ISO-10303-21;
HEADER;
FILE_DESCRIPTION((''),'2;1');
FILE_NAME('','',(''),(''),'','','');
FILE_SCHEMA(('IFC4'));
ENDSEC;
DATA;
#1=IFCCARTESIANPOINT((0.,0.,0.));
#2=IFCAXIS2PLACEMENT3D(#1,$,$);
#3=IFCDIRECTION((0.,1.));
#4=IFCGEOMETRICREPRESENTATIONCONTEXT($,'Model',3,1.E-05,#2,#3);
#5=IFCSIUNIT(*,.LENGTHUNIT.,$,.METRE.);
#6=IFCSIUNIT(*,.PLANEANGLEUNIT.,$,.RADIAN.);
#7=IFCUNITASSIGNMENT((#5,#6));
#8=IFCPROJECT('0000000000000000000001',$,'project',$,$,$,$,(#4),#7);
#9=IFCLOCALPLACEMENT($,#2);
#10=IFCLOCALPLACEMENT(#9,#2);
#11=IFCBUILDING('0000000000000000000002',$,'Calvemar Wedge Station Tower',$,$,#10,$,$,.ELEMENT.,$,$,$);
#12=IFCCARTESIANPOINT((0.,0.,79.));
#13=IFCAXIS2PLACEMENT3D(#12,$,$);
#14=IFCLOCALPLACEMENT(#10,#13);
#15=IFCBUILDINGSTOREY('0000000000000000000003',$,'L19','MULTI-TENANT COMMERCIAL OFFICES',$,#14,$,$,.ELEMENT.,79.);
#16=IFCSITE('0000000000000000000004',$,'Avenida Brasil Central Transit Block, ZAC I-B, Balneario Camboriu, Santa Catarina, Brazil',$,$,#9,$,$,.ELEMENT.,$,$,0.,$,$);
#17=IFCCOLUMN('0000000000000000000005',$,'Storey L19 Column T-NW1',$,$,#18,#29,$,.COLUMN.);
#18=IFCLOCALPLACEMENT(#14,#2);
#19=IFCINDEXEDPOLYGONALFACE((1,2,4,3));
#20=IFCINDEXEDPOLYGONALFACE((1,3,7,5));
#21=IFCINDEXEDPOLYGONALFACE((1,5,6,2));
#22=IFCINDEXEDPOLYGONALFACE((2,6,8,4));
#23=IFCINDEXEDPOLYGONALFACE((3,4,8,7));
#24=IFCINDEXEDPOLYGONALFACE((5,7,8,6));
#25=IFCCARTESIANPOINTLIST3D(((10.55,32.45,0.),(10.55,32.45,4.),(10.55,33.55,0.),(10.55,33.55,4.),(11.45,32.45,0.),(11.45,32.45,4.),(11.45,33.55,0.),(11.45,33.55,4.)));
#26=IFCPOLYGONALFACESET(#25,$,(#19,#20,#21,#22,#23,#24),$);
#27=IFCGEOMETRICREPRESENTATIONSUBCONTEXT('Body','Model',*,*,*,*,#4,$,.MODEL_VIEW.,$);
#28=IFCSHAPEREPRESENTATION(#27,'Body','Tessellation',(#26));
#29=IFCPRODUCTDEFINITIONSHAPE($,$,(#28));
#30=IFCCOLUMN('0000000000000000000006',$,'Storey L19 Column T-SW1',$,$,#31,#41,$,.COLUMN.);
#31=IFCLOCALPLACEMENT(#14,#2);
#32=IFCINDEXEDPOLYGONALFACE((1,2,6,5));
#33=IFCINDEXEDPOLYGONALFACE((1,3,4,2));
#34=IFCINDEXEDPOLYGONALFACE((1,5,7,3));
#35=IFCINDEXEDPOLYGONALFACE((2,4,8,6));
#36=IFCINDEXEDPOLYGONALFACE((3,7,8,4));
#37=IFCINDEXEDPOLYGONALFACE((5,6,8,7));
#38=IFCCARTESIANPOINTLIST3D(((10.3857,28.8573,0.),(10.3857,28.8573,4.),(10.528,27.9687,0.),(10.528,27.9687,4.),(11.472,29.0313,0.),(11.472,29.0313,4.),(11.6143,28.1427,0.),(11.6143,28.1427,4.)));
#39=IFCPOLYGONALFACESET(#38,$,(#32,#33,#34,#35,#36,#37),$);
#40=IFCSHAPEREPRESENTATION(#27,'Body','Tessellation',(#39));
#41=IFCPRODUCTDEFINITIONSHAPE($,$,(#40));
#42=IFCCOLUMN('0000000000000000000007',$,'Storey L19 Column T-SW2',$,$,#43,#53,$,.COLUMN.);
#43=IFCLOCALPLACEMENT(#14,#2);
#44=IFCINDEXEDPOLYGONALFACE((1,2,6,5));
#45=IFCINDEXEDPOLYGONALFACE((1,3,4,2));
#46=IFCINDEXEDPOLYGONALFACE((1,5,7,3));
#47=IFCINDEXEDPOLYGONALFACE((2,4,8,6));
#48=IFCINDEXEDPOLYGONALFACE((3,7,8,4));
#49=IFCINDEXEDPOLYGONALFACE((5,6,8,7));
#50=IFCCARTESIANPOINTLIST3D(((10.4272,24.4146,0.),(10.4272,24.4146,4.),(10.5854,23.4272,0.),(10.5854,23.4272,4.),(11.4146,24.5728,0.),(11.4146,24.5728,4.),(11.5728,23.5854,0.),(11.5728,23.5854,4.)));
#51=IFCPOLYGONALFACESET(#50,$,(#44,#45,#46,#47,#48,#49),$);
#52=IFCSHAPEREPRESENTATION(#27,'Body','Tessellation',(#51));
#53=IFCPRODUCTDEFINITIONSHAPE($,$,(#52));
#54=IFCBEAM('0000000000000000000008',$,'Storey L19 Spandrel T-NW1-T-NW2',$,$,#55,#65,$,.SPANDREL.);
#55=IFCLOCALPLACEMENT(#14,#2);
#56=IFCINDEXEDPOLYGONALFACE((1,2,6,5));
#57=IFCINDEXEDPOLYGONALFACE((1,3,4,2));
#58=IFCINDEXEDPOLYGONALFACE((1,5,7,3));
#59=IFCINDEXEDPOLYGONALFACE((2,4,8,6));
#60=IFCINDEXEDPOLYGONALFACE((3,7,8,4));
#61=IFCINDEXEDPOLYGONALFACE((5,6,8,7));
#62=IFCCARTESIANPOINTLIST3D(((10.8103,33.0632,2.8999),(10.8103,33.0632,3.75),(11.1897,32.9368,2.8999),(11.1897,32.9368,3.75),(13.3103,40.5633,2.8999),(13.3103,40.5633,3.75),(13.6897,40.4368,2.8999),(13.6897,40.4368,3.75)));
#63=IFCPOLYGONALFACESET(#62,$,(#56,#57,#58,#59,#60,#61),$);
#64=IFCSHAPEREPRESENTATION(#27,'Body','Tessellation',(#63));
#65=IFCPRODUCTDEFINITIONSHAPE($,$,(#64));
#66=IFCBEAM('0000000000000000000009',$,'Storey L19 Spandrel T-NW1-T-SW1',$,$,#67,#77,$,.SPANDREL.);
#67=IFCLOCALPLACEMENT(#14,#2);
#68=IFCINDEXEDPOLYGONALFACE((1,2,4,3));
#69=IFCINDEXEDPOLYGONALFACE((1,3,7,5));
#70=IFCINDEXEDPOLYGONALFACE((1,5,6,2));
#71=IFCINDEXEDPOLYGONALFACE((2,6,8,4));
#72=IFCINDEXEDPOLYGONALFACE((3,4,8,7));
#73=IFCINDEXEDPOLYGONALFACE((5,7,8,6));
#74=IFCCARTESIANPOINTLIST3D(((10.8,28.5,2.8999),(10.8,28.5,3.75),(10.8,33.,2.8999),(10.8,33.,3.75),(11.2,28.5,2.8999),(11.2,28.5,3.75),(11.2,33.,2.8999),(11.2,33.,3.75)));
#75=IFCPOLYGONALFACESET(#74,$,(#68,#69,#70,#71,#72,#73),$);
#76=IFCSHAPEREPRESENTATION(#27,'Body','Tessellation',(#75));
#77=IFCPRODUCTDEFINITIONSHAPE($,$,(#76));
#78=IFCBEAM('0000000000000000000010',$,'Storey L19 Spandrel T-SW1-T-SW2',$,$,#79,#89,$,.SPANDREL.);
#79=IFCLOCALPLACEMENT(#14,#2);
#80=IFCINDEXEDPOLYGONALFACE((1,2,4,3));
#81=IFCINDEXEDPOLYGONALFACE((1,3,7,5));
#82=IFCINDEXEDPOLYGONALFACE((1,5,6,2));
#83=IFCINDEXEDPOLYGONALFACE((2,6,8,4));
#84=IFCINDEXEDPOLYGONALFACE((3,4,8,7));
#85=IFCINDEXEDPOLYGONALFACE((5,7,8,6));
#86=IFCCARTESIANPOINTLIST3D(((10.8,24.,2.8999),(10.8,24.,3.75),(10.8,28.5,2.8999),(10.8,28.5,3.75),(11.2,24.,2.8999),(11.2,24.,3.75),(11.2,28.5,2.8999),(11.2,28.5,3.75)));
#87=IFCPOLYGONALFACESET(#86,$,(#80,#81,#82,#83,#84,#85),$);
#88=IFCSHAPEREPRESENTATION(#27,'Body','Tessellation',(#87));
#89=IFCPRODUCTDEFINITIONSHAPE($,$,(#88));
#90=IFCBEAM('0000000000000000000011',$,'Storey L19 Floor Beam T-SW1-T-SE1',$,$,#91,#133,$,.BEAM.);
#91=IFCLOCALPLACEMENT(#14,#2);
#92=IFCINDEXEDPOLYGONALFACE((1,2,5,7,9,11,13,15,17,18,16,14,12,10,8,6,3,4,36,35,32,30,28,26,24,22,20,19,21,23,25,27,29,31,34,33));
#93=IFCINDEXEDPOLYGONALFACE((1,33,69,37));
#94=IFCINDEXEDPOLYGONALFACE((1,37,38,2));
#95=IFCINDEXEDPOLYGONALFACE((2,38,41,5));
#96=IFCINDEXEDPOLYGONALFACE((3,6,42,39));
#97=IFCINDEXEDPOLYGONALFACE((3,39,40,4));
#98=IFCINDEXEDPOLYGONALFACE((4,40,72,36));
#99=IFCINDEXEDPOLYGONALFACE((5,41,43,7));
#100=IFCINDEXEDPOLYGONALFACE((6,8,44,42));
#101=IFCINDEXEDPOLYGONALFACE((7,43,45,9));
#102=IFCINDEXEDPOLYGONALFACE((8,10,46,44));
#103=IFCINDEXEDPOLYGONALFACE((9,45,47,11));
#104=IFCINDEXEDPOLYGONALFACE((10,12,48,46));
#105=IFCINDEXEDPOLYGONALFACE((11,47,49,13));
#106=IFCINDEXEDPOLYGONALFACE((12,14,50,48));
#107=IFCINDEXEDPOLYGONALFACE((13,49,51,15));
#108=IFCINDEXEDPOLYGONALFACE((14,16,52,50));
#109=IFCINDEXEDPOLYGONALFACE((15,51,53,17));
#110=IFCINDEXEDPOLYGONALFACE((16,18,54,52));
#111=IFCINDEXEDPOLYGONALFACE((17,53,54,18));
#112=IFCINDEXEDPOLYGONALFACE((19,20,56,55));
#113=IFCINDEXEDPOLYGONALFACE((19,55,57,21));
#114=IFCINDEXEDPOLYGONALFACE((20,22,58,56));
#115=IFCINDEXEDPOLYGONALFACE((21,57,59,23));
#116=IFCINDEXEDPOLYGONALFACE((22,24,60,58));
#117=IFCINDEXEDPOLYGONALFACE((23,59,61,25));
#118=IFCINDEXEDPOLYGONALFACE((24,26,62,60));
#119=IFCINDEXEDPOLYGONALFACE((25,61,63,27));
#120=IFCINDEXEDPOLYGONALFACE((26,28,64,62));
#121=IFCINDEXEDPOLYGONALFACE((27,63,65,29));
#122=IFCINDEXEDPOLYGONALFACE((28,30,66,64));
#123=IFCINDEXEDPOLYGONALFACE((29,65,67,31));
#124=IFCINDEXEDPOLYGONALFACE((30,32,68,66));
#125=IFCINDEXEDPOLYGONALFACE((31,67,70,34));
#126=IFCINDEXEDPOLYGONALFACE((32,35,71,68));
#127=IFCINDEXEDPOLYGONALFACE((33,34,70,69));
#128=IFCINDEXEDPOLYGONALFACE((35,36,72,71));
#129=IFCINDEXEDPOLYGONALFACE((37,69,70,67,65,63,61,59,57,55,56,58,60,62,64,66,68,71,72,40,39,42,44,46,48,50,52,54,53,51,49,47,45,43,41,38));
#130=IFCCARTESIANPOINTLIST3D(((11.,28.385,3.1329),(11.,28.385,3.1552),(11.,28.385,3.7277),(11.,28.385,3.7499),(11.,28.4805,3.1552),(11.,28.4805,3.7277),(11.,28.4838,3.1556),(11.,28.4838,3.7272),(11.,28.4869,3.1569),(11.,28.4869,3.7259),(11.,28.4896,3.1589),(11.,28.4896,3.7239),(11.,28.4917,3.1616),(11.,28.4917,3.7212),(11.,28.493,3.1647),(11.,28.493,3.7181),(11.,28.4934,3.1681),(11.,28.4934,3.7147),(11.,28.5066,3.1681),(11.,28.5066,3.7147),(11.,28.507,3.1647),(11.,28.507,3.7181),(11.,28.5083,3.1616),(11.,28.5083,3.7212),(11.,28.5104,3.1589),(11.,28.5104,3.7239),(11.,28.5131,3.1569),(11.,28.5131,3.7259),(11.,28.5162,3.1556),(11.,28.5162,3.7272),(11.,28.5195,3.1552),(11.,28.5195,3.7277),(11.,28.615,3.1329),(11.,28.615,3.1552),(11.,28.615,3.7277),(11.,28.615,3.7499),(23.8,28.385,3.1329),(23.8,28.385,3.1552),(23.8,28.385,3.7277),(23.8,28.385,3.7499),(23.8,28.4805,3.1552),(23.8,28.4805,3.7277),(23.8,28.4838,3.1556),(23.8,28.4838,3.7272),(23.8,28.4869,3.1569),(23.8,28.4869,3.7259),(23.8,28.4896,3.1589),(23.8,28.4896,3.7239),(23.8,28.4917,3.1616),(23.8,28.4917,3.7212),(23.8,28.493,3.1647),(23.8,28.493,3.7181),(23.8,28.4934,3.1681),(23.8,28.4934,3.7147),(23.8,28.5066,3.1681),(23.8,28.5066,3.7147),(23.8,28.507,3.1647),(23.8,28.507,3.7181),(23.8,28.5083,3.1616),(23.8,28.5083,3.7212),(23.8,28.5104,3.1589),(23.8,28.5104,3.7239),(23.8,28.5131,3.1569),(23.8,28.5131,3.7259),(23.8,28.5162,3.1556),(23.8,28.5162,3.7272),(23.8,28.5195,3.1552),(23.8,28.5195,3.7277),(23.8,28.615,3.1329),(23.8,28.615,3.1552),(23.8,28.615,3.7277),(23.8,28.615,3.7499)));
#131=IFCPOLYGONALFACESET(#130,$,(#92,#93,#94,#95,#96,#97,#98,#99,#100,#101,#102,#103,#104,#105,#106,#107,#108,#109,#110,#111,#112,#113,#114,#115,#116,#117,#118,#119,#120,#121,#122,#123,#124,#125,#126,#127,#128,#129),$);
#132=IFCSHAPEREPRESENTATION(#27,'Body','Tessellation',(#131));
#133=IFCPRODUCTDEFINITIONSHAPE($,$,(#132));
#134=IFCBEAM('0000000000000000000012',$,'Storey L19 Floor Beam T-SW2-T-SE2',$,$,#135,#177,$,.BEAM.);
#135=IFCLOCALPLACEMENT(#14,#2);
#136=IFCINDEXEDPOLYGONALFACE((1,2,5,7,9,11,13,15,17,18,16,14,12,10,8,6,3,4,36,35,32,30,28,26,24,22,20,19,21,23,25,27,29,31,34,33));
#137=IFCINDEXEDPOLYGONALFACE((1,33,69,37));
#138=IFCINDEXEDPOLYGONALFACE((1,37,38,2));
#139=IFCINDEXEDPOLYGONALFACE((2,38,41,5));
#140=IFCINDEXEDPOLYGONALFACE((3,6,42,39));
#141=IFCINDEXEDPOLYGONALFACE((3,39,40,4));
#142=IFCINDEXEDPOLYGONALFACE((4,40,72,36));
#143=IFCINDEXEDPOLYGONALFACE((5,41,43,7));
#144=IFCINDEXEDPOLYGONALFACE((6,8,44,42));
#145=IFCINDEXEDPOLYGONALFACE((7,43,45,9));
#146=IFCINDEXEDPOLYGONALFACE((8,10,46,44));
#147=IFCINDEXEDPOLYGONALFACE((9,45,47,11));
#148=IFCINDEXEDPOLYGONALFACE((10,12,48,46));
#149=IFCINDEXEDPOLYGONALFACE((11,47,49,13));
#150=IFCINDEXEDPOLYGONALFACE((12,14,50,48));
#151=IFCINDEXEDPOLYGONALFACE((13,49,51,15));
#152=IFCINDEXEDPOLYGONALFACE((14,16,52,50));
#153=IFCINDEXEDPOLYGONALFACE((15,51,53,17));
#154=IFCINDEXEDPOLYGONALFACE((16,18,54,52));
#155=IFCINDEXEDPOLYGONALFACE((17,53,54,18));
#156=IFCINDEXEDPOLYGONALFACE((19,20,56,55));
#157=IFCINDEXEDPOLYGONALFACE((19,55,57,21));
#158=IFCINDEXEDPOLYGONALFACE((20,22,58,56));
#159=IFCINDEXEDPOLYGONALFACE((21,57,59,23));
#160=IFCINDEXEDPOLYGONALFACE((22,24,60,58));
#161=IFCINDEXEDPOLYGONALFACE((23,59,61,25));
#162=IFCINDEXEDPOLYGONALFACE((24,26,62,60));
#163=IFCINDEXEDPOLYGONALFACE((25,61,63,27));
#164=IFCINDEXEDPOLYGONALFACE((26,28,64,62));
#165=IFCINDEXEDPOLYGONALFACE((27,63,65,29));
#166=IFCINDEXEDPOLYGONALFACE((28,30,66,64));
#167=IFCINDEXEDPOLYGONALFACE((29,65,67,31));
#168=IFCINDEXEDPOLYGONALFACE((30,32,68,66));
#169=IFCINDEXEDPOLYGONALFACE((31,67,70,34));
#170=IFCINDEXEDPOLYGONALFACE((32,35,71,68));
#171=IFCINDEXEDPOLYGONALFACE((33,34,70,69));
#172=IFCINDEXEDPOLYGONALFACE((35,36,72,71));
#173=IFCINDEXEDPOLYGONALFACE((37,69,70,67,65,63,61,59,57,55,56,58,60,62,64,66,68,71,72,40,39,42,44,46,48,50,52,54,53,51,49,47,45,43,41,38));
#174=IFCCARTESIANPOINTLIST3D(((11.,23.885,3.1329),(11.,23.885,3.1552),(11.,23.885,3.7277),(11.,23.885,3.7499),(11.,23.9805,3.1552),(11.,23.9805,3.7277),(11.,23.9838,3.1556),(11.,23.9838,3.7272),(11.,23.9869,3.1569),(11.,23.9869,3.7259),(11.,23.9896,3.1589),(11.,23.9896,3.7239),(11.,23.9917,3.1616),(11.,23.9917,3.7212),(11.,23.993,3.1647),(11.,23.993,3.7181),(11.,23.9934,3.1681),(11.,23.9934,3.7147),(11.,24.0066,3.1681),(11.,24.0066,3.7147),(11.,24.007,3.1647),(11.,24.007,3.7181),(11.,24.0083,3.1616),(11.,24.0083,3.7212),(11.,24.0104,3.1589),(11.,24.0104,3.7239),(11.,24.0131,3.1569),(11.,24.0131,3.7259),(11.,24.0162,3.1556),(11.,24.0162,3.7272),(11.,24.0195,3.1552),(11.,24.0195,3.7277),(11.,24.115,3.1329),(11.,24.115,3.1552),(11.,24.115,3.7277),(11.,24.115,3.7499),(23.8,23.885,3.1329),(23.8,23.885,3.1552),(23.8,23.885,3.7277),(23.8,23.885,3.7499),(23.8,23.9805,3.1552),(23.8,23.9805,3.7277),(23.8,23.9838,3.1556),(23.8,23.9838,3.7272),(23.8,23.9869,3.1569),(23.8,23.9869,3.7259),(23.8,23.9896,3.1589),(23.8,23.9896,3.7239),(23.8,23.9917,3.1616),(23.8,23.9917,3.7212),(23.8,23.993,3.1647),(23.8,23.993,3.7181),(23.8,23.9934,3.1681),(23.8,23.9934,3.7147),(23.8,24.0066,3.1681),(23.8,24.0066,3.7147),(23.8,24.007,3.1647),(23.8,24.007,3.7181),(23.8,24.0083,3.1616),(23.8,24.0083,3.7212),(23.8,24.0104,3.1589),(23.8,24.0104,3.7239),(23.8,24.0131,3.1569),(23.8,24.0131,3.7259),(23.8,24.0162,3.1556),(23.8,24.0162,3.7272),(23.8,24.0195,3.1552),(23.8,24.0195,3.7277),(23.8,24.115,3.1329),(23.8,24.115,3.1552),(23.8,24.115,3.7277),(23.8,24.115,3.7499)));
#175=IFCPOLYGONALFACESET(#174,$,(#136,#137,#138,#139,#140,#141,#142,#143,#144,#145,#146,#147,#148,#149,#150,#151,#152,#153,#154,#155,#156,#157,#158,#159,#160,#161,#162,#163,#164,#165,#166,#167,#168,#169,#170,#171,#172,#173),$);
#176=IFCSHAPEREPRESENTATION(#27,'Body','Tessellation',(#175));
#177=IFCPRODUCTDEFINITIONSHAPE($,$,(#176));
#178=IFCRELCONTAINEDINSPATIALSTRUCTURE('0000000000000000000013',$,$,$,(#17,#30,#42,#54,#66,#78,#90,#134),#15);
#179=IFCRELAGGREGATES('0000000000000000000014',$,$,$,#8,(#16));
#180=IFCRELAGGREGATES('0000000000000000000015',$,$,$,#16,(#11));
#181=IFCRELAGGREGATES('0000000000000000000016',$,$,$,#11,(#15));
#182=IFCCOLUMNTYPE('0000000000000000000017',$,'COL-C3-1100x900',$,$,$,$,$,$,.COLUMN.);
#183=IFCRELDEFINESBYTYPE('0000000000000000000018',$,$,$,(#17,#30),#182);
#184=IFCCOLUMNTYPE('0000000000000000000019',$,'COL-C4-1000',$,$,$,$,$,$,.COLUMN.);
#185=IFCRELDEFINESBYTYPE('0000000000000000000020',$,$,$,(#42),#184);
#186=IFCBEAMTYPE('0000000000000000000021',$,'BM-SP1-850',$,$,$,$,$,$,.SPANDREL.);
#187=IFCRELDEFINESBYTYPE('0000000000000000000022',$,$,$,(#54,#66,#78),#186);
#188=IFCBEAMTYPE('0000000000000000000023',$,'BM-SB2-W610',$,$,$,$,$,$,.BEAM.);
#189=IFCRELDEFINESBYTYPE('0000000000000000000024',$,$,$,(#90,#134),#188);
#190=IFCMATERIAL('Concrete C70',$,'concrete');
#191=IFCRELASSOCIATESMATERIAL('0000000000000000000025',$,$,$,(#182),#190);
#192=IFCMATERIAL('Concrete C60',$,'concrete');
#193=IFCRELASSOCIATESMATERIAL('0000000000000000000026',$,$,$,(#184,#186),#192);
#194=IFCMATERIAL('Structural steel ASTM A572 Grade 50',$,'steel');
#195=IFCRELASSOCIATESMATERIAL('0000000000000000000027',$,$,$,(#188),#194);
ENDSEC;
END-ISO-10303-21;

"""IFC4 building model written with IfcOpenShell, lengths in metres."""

from ifc_helpers import new_model, si_unit, direction, frame, origin, origin_2d, place, context, subcontext, project, spatial, rectangle, i_section, extrude, source, transform, mapped, material, material_profile, profile_set, type_object, element, save


model = new_model("IFC4")

# Units and contexts
model_context = context("Model", 3, precision=1e-05, world=origin(), true_north=direction((0.0, 1.0)))
body_context = subcontext(model_context, "Body", "Model", "MODEL_VIEW")
ifc_project = project(units=[si_unit("LENGTHUNIT", "METRE"), si_unit("PLANEANGLEUNIT", "RADIAN")], contexts=[model_context])

# Site, building, storey
site_placement = place(None, origin())
site = spatial("IfcSite", under=ifc_project, at=site_placement, Name="Avenida Brasil Central Transit Block, ZAC I-B, Balneario Camboriu, Santa Catarina, Brazil", CompositionType="ELEMENT", RefElevation=0.0)
building_placement = place(site_placement, origin())
building = spatial("IfcBuilding", under=site, at=building_placement, Name="Calvemar Wedge Station Tower", CompositionType="ELEMENT")
storey_placement = place(building_placement, frame((0.0, 0.0, 79.0)))
storey = spatial("IfcBuildingStorey", under=building, at=storey_placement, Name="L19", Description="MULTI-TENANT COMMERCIAL OFFICES", CompositionType="ELEMENT", Elevation=79.0)

# Columns
ifc_material_1 = material(Name="Concrete C70", Category="concrete")
ifc_material_profile_1 = material_profile(ifc_material_1, rectangle(XDim=0.8999, YDim=1.1001, at=origin_2d()), Name="RC1100x900")
ifc_profile_set_1 = profile_set([ifc_material_profile_1], Name="Concrete C70")
column_type_1 = type_object("IfcColumnType", Name="COL-C3-1100x900", PredefinedType="COLUMN", material=ifc_profile_set_1)
shared_shape_1 = source(origin(), body_context, "Body", "SweptSolid", [
    extrude(rectangle(XDim=0.8999, YDim=1.1001, at=origin_2d()), origin(), (0.0, 0.0, 1.0), 4.0),
])
for number, where, z_axis, x_axis, name in (
    (1, (11.0, 33.0, 0.0), (0.0, 0.0, 1.0), (1.0, 0.0, 0.0), "Storey L19 Column T-NW1"),
    (2, (11.0, 28.5, 0.0), (0.0, 0.0, 1.0), (0.158158, -0.987414, 0.0), "Storey L19 Column T-SW1"),
):
    element("IfcColumn", number, at=place(storey_placement, frame(where, z_axis=z_axis, x_axis=x_axis)), inside=storey, type_object=column_type_1, Name=name, PredefinedType="COLUMN", context=body_context, shape_type="MappedRepresentation", body=[
        mapped(shared_shape_1, transform((0.0, 0.0, 0.0), scale=1.0)),
    ])
ifc_material_2 = material(Name="Concrete C60", Category="concrete")
ifc_material_profile_2 = material_profile(ifc_material_2, rectangle(XDim=1.0, YDim=1.0, at=origin_2d()), Name="RC1000x1000")
ifc_profile_set_2 = profile_set([ifc_material_profile_2], Name="Concrete C60")
column_type_2 = type_object("IfcColumnType", Name="COL-C4-1000", PredefinedType="COLUMN", material=ifc_profile_set_2)
shared_shape_2 = source(origin(), body_context, "Body", "SweptSolid", [
    extrude(rectangle(XDim=1.0, YDim=1.0, at=origin_2d()), origin(), (0.0, 0.0, 1.0), 4.0),
])
column_placement = place(storey_placement, frame((11.0, 24.0, 0.0), z_axis=(0.0, 0.0, 1.0), x_axis=(0.158158, -0.987414, 0.0)))
element("IfcColumn", 3, at=column_placement, inside=storey, type_object=column_type_2, Name="Storey L19 Column T-SW2", PredefinedType="COLUMN", context=body_context, shape_type="MappedRepresentation", body=[
    mapped(shared_shape_2, transform((0.0, 0.0, 0.0), scale=1.0)),
])

# Beams
ifc_material_profile_3 = material_profile(ifc_material_2, rectangle(XDim=0.3999, YDim=0.8501, at=origin_2d()), Name="RC400x850")
ifc_profile_set_3 = profile_set([ifc_material_profile_3], Name="Concrete C60")
beam_type_1 = type_object("IfcBeamType", Name="BM-SP1-850", PredefinedType="SPANDREL", material=ifc_profile_set_3)
shared_shape_3 = source(origin(), body_context, "Body", "SweptSolid", [
    extrude(rectangle(XDim=0.3999, YDim=0.8501, at=origin_2d()), origin(), (0.0, 0.0, 1.0), 7.9058),
])
beam_1_placement = place(storey_placement, frame((11.0, 33.0, 3.325), z_axis=(0.316228, 0.948683, 0.0), x_axis=(-0.948683, 0.316228, 0.0)))
element("IfcBeam", 4, at=beam_1_placement, inside=storey, type_object=beam_type_1, Name="Storey L19 Spandrel T-NW1-T-NW2", PredefinedType="SPANDREL", context=body_context, shape_type="MappedRepresentation", body=[
    mapped(shared_shape_3, transform((0.0, 0.0, 0.0), scale=1.0)),
])
shared_shape_4 = source(origin(), body_context, "Body", "SweptSolid", [
    extrude(rectangle(XDim=0.3999, YDim=0.8501, at=origin_2d()), origin(), (0.0, 0.0, 1.0), 4.5),
])
for number, where, z_axis, x_axis, name in (
    (5, (11.0, 33.0, 3.325), (0.0, -1.0, 0.0), (1.0, 0.0, 0.0), "Storey L19 Spandrel T-NW1-T-SW1"),
    (6, (11.0, 28.5, 3.325), (0.0, -1.0, 0.0), (1.0, 0.0, 0.0), "Storey L19 Spandrel T-SW1-T-SW2"),
):
    element("IfcBeam", number, at=place(storey_placement, frame(where, z_axis=z_axis, x_axis=x_axis)), inside=storey, type_object=beam_type_1, Name=name, PredefinedType="SPANDREL", context=body_context, shape_type="MappedRepresentation", body=[
        mapped(shared_shape_4, transform((0.0, 0.0, 0.0), scale=1.0)),
    ])
ifc_material_3 = material(Name="Structural steel ASTM A572 Grade 50", Category="steel")
ifc_material_profile_4 = material_profile(ifc_material_3, i_section(OverallWidth=0.23, OverallDepth=0.6169, WebThickness=0.0132, FlangeThickness=0.0222, FilletRadius=0.0129, at=origin_2d()), Name="W610x140")
ifc_profile_set_4 = profile_set([ifc_material_profile_4], Name="Structural steel ASTM A572 Grade 50")
beam_type_2 = type_object("IfcBeamType", Name="BM-SB2-W610", PredefinedType="BEAM", material=ifc_profile_set_4)
shared_shape_5 = source(origin(), body_context, "Body", "SweptSolid", [
    extrude(i_section(OverallWidth=0.23, OverallDepth=0.6169, WebThickness=0.0132, FlangeThickness=0.0222, FilletRadius=0.0129, at=origin_2d()), origin(), (0.0, 0.0, 1.0), 12.8),
])
for number, where, z_axis, x_axis, name in (
    (7, (11.0, 28.5, 3.4414), (1.0, 0.0, 0.0), (0.0, 1.0, 0.0), "Storey L19 Floor Beam T-SW1-T-SE1"),
    (8, (11.0, 24.0, 3.4414), (1.0, 0.0, 0.0), (0.0, 1.0, 0.0), "Storey L19 Floor Beam T-SW2-T-SE2"),
):
    element("IfcBeam", number, at=place(storey_placement, frame(where, z_axis=z_axis, x_axis=x_axis)), inside=storey, type_object=beam_type_2, Name=name, PredefinedType="BEAM", context=body_context, shape_type="MappedRepresentation", body=[
        mapped(shared_shape_5, transform((0.0, 0.0, 0.0), scale=1.0)),
    ])

save(model, "model.ifc")
